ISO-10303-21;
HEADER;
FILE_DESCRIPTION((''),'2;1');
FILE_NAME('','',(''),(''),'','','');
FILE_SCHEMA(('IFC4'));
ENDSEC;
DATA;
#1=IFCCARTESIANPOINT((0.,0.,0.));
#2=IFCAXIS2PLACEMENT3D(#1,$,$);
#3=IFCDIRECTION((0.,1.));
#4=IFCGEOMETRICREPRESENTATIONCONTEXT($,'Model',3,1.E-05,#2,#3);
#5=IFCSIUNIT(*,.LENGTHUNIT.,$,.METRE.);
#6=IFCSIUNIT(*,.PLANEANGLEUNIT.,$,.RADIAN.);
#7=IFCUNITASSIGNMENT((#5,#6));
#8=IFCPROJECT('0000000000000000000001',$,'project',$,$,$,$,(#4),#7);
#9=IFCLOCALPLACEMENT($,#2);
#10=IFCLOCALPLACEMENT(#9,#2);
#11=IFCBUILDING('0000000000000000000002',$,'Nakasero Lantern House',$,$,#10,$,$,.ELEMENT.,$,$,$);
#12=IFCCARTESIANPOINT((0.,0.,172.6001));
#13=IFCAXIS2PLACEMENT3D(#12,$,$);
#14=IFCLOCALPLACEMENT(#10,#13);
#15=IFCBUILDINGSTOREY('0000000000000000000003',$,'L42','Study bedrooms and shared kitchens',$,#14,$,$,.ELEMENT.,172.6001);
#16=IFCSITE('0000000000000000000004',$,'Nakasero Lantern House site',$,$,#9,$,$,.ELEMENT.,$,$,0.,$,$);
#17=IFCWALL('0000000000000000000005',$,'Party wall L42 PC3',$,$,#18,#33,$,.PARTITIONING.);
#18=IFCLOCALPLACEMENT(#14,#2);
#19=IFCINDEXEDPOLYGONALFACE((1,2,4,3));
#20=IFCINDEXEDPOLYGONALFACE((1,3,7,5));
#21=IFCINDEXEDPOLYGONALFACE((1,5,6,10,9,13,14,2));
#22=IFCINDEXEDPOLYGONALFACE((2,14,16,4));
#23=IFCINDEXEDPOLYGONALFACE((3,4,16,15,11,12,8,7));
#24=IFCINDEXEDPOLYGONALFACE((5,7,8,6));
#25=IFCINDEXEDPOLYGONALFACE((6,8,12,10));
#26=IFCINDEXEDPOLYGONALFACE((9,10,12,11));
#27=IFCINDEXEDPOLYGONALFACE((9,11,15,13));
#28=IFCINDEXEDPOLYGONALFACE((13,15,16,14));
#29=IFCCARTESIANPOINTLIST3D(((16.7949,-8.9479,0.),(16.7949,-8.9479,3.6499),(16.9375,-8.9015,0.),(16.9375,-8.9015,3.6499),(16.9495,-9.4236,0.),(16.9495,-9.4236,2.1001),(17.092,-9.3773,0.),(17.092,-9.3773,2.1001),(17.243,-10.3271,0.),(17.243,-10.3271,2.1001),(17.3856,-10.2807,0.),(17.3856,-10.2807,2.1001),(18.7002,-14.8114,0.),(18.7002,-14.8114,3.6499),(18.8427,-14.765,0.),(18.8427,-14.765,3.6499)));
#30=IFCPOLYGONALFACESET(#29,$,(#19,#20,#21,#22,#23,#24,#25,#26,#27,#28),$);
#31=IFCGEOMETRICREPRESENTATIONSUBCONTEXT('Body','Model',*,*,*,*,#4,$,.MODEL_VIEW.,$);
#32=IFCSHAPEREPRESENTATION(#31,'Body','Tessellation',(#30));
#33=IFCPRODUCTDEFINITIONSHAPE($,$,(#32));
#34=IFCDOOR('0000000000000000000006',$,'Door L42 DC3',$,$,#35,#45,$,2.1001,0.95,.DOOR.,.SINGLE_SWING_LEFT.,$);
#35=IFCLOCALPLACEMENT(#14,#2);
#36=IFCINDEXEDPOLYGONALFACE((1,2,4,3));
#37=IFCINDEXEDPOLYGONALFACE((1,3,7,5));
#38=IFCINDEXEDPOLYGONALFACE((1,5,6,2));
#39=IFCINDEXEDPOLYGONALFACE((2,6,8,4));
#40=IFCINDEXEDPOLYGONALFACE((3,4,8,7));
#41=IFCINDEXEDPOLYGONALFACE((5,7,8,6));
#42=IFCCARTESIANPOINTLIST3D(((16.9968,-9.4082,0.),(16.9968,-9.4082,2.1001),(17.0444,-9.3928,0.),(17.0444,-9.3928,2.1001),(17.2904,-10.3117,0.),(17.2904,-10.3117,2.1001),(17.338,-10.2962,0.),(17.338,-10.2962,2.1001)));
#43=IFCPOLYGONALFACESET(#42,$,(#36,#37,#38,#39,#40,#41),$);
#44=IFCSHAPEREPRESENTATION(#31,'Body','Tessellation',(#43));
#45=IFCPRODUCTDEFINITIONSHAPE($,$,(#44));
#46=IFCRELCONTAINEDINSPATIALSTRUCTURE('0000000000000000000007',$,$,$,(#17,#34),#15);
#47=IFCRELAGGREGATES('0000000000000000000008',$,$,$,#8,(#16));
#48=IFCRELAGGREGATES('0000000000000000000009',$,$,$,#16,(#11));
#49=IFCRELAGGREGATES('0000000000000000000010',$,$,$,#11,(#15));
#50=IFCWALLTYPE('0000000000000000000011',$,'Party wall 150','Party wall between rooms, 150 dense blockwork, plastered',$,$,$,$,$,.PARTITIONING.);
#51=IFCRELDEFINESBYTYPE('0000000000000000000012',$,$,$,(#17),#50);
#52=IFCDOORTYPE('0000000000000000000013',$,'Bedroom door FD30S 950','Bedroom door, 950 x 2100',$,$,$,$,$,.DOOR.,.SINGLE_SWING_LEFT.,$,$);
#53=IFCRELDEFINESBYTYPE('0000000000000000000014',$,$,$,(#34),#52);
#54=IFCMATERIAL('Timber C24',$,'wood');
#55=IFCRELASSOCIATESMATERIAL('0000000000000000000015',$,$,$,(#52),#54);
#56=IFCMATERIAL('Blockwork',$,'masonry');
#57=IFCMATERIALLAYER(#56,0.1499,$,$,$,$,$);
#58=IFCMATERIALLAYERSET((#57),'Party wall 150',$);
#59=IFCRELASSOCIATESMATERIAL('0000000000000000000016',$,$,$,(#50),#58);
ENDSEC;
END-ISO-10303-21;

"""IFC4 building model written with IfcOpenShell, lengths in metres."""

from ifc_helpers import new_model, si_unit, direction, frame, frame_2d, origin, place, context, subcontext, project, spatial, rectangle, extrude, material, layer, layer_set, type_object, element, fill, save


model = new_model("IFC4")

# Units and contexts
model_context = context("Model", 3, precision=1e-05, world=origin(), true_north=direction((0.0, 1.0)))
body_context = subcontext(model_context, "Body", "Model", "MODEL_VIEW")
ifc_project = project(units=[si_unit("LENGTHUNIT", "METRE"), si_unit("PLANEANGLEUNIT", "RADIAN")], contexts=[model_context])

# Site, building, storey
site_placement = place(None, origin())
site = spatial("IfcSite", under=ifc_project, at=site_placement, Name="Nakasero Lantern House site", CompositionType="ELEMENT", RefElevation=0.0)
building_placement = place(site_placement, origin())
building = spatial("IfcBuilding", under=site, at=building_placement, Name="Nakasero Lantern House", CompositionType="ELEMENT")
storey_placement = place(building_placement, frame((0.0, 0.0, 172.6001)))
storey = spatial("IfcBuildingStorey", under=building, at=storey_placement, Name="L42", Description="Study bedrooms and shared kitchens", CompositionType="ELEMENT", Elevation=172.6001)

# Shared definitions
ifc_material_1 = material(Name="Timber C24", Category="wood")
door_type_1 = type_object("IfcDoorType", Name="Bedroom door FD30S 950", Description="Bedroom door, 950 x 2100", OperationType="SINGLE_SWING_LEFT", PredefinedType="DOOR", material=ifc_material_1)

# Shared definitions
ifc_material_2 = material(Name="Blockwork", Category="masonry")
ifc_layer_1 = layer(ifc_material_2, 0.1499)
ifc_layer_set_1 = layer_set([ifc_layer_1], Name="Party wall 150")
wall_type_1 = type_object("IfcWallType", Name="Party wall 150", Description="Party wall between rooms, 150 dense blockwork, plastered", PredefinedType="PARTITIONING", material=ifc_layer_set_1)

# Wall, opening, door
wall_1_placement = place(storey_placement, frame((16.8662, -8.9248, 0.0), z_axis=(0.0, 0.0, 1.0), x_axis=(0.309031, -0.951052, 0.0)))
wall_1 = element("IfcWall", 1, at=wall_1_placement, inside=storey, type_object=wall_type_1, Name="Party wall L42 PC3", PredefinedType="PARTITIONING", context=body_context, shape_type="SweptSolid", body=[
    extrude(rectangle(XDim=6.1653, YDim=0.1499, at=frame_2d((3.0825, 0.0))), origin(), (0.0, 0.0, 1.0), 3.6499),
])
opening_1_placement = place(wall_1_placement, frame((0.5, 0.0, 0.0)))
opening_1 = element("IfcOpeningElement", 2, at=opening_1_placement, cuts=wall_1, PredefinedType="OPENING", context=body_context, shape_type="SweptSolid", body=[
    extrude(rectangle(XDim=0.95, YDim=2.1001, at=frame_2d((0.4751, 1.05))), frame((0.0, 0.095, 0.0), z_axis=(0.0, -1.0, 0.0), x_axis=(1.0, 0.0, 0.0)), (0.0, 0.0, 1.0), 0.1899),
])
door_1_placement = place(opening_1_placement, origin())
door_1 = element("IfcDoor", 3, at=door_1_placement, inside=storey, type_object=door_type_1, Name="Door L42 DC3", OperationType="SINGLE_SWING_LEFT", OverallHeight=2.1001, OverallWidth=0.95, PredefinedType="DOOR", context=body_context, shape_type="SweptSolid", body=[
    extrude(rectangle(XDim=0.95, YDim=2.1001, at=frame_2d((0.4751, 1.05))), frame((0.0, 0.0249, 0.0), z_axis=(0.0, -1.0, 0.0), x_axis=(1.0, 0.0, 0.0)), (0.0, 0.0, 1.0), 0.05),
])
fill(opening_1, door_1)

save(model, "model.ifc")
